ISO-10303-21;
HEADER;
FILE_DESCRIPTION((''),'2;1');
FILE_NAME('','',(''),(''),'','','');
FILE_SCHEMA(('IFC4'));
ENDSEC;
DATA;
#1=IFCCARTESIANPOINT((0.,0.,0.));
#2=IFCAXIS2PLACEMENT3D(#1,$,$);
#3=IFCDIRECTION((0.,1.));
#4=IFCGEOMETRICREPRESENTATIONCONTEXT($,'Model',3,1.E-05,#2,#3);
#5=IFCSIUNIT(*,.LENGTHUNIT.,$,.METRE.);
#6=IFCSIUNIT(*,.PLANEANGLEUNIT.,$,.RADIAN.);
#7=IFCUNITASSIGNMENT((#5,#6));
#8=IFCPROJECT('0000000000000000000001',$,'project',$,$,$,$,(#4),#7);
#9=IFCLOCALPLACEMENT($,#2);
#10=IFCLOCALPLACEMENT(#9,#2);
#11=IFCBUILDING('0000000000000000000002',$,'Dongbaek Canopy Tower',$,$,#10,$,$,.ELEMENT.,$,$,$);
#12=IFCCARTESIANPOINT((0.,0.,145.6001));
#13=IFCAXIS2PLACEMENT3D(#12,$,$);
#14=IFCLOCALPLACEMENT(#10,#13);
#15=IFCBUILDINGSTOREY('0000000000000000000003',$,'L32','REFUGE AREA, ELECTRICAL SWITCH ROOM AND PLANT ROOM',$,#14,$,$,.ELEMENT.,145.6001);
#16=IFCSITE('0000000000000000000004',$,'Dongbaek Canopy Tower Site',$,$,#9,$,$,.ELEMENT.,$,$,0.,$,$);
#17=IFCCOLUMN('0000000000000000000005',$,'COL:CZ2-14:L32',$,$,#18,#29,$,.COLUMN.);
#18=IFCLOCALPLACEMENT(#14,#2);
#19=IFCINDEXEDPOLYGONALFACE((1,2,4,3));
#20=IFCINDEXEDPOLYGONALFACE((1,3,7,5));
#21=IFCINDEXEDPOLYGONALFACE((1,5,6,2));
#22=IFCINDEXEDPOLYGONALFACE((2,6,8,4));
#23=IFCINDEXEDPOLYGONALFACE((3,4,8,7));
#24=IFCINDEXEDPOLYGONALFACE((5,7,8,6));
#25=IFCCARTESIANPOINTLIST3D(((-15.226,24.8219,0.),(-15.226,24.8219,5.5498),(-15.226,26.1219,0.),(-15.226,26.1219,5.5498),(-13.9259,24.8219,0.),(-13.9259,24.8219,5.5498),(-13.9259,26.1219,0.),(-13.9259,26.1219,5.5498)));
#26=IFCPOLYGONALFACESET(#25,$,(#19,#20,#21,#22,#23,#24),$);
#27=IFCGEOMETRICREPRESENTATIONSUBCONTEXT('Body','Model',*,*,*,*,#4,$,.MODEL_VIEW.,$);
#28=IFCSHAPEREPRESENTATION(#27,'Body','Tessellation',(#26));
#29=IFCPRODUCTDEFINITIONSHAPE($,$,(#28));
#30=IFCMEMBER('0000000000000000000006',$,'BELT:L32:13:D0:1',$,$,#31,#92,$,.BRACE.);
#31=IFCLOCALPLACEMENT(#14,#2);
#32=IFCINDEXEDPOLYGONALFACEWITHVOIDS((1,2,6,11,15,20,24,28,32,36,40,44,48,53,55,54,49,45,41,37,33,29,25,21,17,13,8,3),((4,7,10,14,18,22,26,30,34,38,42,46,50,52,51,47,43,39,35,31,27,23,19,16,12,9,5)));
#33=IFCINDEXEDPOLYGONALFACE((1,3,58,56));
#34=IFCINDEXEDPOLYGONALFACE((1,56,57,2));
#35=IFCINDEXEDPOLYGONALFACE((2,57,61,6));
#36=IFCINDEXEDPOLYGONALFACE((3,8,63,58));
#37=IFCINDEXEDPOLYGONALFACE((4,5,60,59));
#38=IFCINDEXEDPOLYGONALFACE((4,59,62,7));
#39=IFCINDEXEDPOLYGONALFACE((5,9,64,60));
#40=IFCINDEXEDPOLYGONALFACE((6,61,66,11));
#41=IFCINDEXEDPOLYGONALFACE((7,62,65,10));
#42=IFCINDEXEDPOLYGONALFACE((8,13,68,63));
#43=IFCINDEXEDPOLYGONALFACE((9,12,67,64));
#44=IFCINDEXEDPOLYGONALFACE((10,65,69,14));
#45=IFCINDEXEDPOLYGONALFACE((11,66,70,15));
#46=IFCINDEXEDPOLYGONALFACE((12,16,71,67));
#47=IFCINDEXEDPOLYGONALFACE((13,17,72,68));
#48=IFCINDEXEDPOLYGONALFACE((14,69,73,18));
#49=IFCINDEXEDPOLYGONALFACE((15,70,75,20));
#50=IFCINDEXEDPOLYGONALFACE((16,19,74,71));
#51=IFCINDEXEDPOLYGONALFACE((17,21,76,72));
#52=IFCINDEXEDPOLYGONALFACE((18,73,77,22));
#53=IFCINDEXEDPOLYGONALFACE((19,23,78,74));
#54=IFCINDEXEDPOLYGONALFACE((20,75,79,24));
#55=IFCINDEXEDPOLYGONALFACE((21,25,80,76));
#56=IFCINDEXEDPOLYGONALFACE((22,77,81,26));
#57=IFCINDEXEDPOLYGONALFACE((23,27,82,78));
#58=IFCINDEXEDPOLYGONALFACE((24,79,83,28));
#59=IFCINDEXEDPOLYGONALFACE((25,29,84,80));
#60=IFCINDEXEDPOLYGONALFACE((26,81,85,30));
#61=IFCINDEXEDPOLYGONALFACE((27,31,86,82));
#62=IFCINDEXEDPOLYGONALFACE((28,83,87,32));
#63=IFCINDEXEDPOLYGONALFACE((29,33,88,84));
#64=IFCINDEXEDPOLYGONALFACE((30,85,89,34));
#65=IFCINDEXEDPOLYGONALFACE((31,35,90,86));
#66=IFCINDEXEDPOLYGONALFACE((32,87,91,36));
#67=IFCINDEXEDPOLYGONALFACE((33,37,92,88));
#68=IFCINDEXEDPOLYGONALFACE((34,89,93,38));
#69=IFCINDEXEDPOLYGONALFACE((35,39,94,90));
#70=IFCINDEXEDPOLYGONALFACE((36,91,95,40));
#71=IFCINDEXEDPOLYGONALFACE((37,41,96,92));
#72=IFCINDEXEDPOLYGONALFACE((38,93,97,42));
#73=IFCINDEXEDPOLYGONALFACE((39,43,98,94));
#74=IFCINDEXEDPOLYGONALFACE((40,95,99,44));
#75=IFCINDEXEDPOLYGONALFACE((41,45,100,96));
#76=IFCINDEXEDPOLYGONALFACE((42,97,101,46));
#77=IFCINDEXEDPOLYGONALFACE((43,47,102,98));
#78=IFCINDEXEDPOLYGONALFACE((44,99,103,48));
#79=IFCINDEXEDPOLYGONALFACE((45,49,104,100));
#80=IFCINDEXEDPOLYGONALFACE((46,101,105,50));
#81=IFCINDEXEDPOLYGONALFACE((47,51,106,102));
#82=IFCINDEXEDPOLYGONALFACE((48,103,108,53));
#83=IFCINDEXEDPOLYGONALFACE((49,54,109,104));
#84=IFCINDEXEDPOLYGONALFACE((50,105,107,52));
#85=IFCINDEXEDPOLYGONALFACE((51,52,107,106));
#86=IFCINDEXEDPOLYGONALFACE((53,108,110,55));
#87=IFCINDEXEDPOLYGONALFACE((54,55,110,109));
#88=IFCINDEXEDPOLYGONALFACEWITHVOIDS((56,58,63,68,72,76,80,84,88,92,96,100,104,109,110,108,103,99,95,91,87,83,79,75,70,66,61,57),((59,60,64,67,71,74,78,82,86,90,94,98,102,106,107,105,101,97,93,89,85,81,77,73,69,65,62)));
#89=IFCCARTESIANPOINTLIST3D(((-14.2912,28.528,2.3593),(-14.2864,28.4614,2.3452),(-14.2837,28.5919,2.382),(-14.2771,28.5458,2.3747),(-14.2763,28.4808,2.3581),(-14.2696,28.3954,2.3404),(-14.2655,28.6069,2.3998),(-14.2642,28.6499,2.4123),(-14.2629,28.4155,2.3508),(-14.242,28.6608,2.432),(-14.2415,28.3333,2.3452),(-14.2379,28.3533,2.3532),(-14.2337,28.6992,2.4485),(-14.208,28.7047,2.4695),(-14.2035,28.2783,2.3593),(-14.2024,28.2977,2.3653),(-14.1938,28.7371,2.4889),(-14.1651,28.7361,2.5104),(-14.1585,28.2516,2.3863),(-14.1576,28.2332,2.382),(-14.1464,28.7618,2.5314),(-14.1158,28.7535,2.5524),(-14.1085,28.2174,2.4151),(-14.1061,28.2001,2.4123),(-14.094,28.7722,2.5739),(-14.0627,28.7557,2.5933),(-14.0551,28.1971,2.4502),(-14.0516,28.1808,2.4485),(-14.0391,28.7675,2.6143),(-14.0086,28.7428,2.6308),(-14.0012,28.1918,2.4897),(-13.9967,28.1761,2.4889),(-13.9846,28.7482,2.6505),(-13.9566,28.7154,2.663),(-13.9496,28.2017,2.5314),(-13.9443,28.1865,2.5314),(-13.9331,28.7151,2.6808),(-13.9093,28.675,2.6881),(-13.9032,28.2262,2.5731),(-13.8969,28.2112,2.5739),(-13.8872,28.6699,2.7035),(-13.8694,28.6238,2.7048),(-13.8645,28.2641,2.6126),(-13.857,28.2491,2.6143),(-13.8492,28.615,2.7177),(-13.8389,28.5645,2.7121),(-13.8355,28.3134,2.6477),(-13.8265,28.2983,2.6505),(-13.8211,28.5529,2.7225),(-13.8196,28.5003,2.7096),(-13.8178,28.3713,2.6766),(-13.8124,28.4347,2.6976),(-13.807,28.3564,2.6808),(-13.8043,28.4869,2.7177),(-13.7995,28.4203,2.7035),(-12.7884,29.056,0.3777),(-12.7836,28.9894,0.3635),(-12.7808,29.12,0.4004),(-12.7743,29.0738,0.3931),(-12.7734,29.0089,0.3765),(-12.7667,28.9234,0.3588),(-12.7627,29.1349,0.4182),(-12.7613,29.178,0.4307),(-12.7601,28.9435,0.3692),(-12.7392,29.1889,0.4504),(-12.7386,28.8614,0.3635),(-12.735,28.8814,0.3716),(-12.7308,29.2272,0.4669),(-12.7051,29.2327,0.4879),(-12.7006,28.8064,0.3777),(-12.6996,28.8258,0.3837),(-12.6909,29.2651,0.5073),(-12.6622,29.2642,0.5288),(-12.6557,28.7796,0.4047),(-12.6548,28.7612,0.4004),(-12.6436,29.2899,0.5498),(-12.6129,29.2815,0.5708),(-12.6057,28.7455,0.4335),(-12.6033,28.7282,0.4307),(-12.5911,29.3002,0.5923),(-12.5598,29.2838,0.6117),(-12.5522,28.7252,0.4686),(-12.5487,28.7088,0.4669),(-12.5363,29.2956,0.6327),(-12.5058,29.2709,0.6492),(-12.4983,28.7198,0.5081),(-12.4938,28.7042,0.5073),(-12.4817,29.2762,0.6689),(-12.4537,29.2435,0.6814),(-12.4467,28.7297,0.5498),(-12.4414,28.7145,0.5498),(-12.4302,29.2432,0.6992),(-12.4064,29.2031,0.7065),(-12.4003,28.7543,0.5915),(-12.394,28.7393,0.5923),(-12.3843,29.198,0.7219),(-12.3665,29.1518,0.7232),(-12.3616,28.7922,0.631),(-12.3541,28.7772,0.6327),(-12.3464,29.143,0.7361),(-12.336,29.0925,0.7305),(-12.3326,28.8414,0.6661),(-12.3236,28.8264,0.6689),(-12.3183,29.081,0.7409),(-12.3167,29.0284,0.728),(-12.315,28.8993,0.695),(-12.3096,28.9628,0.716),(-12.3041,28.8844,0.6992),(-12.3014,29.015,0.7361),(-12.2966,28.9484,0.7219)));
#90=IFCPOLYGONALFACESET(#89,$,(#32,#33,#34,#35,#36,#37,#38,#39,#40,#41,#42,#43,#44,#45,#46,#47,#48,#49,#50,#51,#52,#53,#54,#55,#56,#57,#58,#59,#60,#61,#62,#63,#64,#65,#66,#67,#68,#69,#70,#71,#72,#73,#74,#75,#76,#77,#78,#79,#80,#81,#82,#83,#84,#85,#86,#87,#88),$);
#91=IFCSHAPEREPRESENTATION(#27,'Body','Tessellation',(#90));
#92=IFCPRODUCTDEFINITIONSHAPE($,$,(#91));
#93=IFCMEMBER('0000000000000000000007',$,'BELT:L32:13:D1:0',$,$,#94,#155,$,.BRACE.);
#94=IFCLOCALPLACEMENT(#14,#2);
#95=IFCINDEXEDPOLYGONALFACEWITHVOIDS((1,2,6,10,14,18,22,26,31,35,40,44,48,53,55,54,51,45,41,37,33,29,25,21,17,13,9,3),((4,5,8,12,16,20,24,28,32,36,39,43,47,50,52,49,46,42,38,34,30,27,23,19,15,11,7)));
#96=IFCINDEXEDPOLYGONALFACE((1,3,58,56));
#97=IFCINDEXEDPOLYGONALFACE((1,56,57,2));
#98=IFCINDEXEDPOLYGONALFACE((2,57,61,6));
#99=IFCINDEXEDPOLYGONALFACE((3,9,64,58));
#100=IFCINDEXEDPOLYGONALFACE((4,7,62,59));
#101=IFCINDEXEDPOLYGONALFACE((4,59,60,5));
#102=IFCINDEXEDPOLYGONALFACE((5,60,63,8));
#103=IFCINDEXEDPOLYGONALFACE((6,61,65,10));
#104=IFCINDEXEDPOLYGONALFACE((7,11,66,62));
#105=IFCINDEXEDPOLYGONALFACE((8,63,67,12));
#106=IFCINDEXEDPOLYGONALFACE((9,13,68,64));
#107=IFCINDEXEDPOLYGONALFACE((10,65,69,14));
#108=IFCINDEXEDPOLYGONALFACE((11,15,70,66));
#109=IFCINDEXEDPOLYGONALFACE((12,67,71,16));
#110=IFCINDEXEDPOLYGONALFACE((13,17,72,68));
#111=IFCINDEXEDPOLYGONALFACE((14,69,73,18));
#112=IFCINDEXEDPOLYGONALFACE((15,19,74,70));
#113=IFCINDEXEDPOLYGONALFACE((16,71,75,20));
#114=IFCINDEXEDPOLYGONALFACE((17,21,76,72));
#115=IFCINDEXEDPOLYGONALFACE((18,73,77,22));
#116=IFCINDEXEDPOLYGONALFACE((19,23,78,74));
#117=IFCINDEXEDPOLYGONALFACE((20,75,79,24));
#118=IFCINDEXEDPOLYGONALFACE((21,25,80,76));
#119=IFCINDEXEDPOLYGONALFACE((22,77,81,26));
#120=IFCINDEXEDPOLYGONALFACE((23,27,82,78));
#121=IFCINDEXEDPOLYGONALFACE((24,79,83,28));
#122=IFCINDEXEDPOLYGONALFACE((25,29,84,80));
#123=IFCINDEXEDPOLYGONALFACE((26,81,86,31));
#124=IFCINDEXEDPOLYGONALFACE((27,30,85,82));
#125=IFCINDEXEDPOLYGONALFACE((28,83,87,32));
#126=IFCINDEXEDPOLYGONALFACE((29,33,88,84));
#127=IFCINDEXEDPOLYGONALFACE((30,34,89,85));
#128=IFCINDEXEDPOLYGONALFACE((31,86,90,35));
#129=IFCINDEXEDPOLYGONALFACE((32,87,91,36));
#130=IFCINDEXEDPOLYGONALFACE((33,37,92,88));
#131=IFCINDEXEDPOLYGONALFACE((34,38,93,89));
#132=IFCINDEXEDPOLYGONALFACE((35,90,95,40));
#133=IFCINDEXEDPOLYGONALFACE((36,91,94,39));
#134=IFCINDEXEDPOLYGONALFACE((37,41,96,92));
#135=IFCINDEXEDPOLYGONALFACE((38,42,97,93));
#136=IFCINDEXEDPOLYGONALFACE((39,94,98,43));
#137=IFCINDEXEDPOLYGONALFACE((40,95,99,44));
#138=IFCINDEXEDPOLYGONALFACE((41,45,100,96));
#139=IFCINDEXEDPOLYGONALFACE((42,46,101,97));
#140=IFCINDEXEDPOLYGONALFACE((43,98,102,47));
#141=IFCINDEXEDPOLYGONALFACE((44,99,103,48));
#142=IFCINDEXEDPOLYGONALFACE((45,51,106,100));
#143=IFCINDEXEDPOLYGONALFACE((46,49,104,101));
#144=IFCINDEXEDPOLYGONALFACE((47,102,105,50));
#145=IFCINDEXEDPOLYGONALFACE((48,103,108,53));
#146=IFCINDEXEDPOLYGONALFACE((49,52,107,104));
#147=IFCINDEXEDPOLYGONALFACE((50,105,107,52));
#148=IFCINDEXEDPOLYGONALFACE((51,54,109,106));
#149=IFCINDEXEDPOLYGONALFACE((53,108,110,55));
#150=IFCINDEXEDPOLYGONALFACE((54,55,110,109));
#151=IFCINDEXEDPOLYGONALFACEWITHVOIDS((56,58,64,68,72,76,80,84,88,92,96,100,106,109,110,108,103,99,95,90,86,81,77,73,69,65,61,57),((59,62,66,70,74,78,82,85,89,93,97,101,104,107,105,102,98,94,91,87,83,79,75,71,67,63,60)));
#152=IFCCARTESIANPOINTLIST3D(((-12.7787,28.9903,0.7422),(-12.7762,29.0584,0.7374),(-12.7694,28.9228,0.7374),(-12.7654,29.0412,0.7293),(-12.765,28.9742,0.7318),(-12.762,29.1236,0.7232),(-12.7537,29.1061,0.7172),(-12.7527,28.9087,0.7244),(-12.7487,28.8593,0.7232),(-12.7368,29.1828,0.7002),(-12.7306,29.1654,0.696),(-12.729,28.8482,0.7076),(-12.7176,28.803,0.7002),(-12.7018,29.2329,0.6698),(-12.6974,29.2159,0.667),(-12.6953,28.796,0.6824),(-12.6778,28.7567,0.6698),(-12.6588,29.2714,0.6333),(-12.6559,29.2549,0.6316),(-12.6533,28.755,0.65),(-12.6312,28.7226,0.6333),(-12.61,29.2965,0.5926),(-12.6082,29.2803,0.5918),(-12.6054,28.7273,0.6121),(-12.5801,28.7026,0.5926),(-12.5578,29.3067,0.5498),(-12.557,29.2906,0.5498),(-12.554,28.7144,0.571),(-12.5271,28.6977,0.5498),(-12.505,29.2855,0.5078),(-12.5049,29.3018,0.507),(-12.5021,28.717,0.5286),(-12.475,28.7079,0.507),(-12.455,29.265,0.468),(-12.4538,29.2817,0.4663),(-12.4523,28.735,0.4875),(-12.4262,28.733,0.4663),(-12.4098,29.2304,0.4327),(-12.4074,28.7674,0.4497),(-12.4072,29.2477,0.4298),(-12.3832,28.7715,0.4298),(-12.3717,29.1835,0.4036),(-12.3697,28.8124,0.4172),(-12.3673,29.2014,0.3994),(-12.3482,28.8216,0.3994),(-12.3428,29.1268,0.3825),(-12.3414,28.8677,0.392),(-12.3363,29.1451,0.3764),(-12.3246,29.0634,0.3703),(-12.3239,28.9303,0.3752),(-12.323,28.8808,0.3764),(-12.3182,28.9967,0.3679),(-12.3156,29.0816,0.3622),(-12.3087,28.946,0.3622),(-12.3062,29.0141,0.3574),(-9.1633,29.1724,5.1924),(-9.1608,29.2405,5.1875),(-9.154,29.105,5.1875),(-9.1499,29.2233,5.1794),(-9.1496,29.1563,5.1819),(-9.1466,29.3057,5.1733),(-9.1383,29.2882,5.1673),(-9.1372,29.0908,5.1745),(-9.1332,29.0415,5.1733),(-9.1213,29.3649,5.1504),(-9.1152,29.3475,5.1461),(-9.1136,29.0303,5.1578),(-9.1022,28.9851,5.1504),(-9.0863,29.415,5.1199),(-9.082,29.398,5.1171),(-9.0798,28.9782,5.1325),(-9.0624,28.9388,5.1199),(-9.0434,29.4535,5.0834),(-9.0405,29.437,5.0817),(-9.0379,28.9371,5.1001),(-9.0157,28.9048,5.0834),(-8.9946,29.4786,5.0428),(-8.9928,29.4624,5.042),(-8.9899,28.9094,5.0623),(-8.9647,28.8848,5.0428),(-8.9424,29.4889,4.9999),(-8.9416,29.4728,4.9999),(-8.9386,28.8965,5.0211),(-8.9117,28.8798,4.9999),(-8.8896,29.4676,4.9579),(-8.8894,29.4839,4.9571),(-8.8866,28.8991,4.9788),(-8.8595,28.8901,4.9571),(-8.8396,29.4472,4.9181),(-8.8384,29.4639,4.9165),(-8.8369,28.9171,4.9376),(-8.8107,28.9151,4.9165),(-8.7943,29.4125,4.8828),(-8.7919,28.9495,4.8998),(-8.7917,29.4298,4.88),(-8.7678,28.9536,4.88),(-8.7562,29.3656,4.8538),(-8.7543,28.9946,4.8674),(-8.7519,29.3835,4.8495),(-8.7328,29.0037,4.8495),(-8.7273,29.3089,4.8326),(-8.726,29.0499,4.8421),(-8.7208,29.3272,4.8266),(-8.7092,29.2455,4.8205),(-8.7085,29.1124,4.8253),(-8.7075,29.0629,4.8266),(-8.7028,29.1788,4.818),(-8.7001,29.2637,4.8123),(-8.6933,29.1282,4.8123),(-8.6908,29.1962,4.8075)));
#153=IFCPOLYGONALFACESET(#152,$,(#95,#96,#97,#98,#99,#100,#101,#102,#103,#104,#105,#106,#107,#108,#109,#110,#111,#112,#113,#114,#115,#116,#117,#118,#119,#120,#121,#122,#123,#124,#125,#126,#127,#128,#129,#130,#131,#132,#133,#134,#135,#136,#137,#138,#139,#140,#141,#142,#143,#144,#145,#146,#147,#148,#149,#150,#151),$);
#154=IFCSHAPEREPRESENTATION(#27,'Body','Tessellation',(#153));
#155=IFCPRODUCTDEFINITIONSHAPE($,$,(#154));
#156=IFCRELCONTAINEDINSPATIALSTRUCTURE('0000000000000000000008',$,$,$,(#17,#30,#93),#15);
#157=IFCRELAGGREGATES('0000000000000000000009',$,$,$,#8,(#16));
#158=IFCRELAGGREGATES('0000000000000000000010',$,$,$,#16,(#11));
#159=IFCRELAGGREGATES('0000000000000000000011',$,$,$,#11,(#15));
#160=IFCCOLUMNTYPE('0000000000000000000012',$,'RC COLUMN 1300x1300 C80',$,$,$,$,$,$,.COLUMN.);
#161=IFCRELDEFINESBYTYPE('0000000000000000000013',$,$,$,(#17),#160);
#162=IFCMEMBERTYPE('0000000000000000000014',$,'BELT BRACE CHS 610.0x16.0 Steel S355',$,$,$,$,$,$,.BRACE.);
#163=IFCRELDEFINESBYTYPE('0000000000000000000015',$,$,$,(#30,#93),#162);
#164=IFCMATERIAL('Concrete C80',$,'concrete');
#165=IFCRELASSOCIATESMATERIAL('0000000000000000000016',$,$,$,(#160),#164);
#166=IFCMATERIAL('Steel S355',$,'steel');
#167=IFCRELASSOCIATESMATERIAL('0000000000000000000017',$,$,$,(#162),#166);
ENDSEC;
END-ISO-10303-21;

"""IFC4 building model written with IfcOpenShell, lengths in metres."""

from ifc_helpers import new_model, si_unit, direction, frame, origin, origin_2d, place, context, subcontext, project, spatial, rectangle, hollow_circle, extrude, material, material_profile, profile_set, type_object, element, save


model = new_model("IFC4")

# Units and contexts
model_context = context("Model", 3, precision=1e-05, world=origin(), true_north=direction((0.0, 1.0)))
body_context = subcontext(model_context, "Body", "Model", "MODEL_VIEW")
ifc_project = project(units=[si_unit("LENGTHUNIT", "METRE"), si_unit("PLANEANGLEUNIT", "RADIAN")], contexts=[model_context])

# Site, building, storey
site_placement = place(None, origin())
site = spatial("IfcSite", under=ifc_project, at=site_placement, Name="Dongbaek Canopy Tower Site", CompositionType="ELEMENT", RefElevation=0.0)
building_placement = place(site_placement, origin())
building = spatial("IfcBuilding", under=site, at=building_placement, Name="Dongbaek Canopy Tower", CompositionType="ELEMENT")
storey_placement = place(building_placement, frame((0.0, 0.0, 145.6001)))
storey = spatial("IfcBuildingStorey", under=building, at=storey_placement, Name="L32", Description="REFUGE AREA, ELECTRICAL SWITCH ROOM AND PLANT ROOM", CompositionType="ELEMENT", Elevation=145.6001)

# Column
ifc_material_1 = material(Name="Concrete C80", Category="concrete")
ifc_material_profile_1 = material_profile(ifc_material_1, rectangle(XDim=1.3, YDim=1.3, at=origin_2d()), Name="RC COLUMN 1300x1300 C80")
ifc_profile_set_1 = profile_set([ifc_material_profile_1], Name="Concrete C80")
column_type = type_object("IfcColumnType", Name="RC COLUMN 1300x1300 C80", PredefinedType="COLUMN", material=ifc_profile_set_1)
column_placement = place(storey_placement, frame((-14.5759, 25.4719, 0.0), z_axis=(0.0, 0.0, 1.0), x_axis=(1.0, 0.0, 0.0)))
element("IfcColumn", 1, at=column_placement, inside=storey, type_object=column_type, Name="COL:CZ2-14:L32", PredefinedType="COLUMN", context=body_context, shape_type="SweptSolid", body=[
    extrude(rectangle(XDim=1.3, YDim=1.3, at=origin_2d()), origin(), (0.0, 0.0, 1.0), 5.5498),
])

# Members
ifc_material_2 = material(Name="Steel S355", Category="steel")
ifc_material_profile_2 = material_profile(ifc_material_2, hollow_circle(Radius=0.3049, WallThickness=0.0161, at=origin_2d()), Name="BELT BRACE CHS 610.0x16.0 Steel S355")
ifc_profile_set_2 = profile_set([ifc_material_profile_2], Name="Steel S355")
member_type_1 = type_object("IfcMemberType", Name="BELT BRACE CHS 610.0x16.0 Steel S355", PredefinedType="BRACE", material=ifc_profile_set_2)
member_1_placement = place(storey_placement, frame((-12.5425, 29.0022, 0.5498), z_axis=(-0.591102, -0.207692, 0.779398), x_axis=(0.331497, -0.943456, 0.0)))
element("IfcMember", 2, at=member_1_placement, inside=storey, type_object=member_type_1, Name="BELT:L32:13:D0:1", PredefinedType="BRACE", context=body_context, shape_type="SweptSolid", body=[
    extrude(hollow_circle(Radius=0.3049, WallThickness=0.0161, at=origin_2d()), origin(), (0.0, 0.0, 1.0), 2.5425),
])
member_2_placement = place(storey_placement, frame((-12.5425, 29.0022, 0.5498), z_axis=(0.630243, 0.031748, 0.775749), x_axis=(-0.050311, 0.998734, 0.0)))
element("IfcMember", 3, at=member_2_placement, inside=storey, type_object=member_type_1, Name="BELT:L32:13:D1:0", PredefinedType="BRACE", context=body_context, shape_type="SweptSolid", body=[
    extrude(hollow_circle(Radius=0.3049, WallThickness=0.0161, at=origin_2d()), origin(), (0.0, 0.0, 1.0), 5.7366),
])

save(model, "model.ifc")
